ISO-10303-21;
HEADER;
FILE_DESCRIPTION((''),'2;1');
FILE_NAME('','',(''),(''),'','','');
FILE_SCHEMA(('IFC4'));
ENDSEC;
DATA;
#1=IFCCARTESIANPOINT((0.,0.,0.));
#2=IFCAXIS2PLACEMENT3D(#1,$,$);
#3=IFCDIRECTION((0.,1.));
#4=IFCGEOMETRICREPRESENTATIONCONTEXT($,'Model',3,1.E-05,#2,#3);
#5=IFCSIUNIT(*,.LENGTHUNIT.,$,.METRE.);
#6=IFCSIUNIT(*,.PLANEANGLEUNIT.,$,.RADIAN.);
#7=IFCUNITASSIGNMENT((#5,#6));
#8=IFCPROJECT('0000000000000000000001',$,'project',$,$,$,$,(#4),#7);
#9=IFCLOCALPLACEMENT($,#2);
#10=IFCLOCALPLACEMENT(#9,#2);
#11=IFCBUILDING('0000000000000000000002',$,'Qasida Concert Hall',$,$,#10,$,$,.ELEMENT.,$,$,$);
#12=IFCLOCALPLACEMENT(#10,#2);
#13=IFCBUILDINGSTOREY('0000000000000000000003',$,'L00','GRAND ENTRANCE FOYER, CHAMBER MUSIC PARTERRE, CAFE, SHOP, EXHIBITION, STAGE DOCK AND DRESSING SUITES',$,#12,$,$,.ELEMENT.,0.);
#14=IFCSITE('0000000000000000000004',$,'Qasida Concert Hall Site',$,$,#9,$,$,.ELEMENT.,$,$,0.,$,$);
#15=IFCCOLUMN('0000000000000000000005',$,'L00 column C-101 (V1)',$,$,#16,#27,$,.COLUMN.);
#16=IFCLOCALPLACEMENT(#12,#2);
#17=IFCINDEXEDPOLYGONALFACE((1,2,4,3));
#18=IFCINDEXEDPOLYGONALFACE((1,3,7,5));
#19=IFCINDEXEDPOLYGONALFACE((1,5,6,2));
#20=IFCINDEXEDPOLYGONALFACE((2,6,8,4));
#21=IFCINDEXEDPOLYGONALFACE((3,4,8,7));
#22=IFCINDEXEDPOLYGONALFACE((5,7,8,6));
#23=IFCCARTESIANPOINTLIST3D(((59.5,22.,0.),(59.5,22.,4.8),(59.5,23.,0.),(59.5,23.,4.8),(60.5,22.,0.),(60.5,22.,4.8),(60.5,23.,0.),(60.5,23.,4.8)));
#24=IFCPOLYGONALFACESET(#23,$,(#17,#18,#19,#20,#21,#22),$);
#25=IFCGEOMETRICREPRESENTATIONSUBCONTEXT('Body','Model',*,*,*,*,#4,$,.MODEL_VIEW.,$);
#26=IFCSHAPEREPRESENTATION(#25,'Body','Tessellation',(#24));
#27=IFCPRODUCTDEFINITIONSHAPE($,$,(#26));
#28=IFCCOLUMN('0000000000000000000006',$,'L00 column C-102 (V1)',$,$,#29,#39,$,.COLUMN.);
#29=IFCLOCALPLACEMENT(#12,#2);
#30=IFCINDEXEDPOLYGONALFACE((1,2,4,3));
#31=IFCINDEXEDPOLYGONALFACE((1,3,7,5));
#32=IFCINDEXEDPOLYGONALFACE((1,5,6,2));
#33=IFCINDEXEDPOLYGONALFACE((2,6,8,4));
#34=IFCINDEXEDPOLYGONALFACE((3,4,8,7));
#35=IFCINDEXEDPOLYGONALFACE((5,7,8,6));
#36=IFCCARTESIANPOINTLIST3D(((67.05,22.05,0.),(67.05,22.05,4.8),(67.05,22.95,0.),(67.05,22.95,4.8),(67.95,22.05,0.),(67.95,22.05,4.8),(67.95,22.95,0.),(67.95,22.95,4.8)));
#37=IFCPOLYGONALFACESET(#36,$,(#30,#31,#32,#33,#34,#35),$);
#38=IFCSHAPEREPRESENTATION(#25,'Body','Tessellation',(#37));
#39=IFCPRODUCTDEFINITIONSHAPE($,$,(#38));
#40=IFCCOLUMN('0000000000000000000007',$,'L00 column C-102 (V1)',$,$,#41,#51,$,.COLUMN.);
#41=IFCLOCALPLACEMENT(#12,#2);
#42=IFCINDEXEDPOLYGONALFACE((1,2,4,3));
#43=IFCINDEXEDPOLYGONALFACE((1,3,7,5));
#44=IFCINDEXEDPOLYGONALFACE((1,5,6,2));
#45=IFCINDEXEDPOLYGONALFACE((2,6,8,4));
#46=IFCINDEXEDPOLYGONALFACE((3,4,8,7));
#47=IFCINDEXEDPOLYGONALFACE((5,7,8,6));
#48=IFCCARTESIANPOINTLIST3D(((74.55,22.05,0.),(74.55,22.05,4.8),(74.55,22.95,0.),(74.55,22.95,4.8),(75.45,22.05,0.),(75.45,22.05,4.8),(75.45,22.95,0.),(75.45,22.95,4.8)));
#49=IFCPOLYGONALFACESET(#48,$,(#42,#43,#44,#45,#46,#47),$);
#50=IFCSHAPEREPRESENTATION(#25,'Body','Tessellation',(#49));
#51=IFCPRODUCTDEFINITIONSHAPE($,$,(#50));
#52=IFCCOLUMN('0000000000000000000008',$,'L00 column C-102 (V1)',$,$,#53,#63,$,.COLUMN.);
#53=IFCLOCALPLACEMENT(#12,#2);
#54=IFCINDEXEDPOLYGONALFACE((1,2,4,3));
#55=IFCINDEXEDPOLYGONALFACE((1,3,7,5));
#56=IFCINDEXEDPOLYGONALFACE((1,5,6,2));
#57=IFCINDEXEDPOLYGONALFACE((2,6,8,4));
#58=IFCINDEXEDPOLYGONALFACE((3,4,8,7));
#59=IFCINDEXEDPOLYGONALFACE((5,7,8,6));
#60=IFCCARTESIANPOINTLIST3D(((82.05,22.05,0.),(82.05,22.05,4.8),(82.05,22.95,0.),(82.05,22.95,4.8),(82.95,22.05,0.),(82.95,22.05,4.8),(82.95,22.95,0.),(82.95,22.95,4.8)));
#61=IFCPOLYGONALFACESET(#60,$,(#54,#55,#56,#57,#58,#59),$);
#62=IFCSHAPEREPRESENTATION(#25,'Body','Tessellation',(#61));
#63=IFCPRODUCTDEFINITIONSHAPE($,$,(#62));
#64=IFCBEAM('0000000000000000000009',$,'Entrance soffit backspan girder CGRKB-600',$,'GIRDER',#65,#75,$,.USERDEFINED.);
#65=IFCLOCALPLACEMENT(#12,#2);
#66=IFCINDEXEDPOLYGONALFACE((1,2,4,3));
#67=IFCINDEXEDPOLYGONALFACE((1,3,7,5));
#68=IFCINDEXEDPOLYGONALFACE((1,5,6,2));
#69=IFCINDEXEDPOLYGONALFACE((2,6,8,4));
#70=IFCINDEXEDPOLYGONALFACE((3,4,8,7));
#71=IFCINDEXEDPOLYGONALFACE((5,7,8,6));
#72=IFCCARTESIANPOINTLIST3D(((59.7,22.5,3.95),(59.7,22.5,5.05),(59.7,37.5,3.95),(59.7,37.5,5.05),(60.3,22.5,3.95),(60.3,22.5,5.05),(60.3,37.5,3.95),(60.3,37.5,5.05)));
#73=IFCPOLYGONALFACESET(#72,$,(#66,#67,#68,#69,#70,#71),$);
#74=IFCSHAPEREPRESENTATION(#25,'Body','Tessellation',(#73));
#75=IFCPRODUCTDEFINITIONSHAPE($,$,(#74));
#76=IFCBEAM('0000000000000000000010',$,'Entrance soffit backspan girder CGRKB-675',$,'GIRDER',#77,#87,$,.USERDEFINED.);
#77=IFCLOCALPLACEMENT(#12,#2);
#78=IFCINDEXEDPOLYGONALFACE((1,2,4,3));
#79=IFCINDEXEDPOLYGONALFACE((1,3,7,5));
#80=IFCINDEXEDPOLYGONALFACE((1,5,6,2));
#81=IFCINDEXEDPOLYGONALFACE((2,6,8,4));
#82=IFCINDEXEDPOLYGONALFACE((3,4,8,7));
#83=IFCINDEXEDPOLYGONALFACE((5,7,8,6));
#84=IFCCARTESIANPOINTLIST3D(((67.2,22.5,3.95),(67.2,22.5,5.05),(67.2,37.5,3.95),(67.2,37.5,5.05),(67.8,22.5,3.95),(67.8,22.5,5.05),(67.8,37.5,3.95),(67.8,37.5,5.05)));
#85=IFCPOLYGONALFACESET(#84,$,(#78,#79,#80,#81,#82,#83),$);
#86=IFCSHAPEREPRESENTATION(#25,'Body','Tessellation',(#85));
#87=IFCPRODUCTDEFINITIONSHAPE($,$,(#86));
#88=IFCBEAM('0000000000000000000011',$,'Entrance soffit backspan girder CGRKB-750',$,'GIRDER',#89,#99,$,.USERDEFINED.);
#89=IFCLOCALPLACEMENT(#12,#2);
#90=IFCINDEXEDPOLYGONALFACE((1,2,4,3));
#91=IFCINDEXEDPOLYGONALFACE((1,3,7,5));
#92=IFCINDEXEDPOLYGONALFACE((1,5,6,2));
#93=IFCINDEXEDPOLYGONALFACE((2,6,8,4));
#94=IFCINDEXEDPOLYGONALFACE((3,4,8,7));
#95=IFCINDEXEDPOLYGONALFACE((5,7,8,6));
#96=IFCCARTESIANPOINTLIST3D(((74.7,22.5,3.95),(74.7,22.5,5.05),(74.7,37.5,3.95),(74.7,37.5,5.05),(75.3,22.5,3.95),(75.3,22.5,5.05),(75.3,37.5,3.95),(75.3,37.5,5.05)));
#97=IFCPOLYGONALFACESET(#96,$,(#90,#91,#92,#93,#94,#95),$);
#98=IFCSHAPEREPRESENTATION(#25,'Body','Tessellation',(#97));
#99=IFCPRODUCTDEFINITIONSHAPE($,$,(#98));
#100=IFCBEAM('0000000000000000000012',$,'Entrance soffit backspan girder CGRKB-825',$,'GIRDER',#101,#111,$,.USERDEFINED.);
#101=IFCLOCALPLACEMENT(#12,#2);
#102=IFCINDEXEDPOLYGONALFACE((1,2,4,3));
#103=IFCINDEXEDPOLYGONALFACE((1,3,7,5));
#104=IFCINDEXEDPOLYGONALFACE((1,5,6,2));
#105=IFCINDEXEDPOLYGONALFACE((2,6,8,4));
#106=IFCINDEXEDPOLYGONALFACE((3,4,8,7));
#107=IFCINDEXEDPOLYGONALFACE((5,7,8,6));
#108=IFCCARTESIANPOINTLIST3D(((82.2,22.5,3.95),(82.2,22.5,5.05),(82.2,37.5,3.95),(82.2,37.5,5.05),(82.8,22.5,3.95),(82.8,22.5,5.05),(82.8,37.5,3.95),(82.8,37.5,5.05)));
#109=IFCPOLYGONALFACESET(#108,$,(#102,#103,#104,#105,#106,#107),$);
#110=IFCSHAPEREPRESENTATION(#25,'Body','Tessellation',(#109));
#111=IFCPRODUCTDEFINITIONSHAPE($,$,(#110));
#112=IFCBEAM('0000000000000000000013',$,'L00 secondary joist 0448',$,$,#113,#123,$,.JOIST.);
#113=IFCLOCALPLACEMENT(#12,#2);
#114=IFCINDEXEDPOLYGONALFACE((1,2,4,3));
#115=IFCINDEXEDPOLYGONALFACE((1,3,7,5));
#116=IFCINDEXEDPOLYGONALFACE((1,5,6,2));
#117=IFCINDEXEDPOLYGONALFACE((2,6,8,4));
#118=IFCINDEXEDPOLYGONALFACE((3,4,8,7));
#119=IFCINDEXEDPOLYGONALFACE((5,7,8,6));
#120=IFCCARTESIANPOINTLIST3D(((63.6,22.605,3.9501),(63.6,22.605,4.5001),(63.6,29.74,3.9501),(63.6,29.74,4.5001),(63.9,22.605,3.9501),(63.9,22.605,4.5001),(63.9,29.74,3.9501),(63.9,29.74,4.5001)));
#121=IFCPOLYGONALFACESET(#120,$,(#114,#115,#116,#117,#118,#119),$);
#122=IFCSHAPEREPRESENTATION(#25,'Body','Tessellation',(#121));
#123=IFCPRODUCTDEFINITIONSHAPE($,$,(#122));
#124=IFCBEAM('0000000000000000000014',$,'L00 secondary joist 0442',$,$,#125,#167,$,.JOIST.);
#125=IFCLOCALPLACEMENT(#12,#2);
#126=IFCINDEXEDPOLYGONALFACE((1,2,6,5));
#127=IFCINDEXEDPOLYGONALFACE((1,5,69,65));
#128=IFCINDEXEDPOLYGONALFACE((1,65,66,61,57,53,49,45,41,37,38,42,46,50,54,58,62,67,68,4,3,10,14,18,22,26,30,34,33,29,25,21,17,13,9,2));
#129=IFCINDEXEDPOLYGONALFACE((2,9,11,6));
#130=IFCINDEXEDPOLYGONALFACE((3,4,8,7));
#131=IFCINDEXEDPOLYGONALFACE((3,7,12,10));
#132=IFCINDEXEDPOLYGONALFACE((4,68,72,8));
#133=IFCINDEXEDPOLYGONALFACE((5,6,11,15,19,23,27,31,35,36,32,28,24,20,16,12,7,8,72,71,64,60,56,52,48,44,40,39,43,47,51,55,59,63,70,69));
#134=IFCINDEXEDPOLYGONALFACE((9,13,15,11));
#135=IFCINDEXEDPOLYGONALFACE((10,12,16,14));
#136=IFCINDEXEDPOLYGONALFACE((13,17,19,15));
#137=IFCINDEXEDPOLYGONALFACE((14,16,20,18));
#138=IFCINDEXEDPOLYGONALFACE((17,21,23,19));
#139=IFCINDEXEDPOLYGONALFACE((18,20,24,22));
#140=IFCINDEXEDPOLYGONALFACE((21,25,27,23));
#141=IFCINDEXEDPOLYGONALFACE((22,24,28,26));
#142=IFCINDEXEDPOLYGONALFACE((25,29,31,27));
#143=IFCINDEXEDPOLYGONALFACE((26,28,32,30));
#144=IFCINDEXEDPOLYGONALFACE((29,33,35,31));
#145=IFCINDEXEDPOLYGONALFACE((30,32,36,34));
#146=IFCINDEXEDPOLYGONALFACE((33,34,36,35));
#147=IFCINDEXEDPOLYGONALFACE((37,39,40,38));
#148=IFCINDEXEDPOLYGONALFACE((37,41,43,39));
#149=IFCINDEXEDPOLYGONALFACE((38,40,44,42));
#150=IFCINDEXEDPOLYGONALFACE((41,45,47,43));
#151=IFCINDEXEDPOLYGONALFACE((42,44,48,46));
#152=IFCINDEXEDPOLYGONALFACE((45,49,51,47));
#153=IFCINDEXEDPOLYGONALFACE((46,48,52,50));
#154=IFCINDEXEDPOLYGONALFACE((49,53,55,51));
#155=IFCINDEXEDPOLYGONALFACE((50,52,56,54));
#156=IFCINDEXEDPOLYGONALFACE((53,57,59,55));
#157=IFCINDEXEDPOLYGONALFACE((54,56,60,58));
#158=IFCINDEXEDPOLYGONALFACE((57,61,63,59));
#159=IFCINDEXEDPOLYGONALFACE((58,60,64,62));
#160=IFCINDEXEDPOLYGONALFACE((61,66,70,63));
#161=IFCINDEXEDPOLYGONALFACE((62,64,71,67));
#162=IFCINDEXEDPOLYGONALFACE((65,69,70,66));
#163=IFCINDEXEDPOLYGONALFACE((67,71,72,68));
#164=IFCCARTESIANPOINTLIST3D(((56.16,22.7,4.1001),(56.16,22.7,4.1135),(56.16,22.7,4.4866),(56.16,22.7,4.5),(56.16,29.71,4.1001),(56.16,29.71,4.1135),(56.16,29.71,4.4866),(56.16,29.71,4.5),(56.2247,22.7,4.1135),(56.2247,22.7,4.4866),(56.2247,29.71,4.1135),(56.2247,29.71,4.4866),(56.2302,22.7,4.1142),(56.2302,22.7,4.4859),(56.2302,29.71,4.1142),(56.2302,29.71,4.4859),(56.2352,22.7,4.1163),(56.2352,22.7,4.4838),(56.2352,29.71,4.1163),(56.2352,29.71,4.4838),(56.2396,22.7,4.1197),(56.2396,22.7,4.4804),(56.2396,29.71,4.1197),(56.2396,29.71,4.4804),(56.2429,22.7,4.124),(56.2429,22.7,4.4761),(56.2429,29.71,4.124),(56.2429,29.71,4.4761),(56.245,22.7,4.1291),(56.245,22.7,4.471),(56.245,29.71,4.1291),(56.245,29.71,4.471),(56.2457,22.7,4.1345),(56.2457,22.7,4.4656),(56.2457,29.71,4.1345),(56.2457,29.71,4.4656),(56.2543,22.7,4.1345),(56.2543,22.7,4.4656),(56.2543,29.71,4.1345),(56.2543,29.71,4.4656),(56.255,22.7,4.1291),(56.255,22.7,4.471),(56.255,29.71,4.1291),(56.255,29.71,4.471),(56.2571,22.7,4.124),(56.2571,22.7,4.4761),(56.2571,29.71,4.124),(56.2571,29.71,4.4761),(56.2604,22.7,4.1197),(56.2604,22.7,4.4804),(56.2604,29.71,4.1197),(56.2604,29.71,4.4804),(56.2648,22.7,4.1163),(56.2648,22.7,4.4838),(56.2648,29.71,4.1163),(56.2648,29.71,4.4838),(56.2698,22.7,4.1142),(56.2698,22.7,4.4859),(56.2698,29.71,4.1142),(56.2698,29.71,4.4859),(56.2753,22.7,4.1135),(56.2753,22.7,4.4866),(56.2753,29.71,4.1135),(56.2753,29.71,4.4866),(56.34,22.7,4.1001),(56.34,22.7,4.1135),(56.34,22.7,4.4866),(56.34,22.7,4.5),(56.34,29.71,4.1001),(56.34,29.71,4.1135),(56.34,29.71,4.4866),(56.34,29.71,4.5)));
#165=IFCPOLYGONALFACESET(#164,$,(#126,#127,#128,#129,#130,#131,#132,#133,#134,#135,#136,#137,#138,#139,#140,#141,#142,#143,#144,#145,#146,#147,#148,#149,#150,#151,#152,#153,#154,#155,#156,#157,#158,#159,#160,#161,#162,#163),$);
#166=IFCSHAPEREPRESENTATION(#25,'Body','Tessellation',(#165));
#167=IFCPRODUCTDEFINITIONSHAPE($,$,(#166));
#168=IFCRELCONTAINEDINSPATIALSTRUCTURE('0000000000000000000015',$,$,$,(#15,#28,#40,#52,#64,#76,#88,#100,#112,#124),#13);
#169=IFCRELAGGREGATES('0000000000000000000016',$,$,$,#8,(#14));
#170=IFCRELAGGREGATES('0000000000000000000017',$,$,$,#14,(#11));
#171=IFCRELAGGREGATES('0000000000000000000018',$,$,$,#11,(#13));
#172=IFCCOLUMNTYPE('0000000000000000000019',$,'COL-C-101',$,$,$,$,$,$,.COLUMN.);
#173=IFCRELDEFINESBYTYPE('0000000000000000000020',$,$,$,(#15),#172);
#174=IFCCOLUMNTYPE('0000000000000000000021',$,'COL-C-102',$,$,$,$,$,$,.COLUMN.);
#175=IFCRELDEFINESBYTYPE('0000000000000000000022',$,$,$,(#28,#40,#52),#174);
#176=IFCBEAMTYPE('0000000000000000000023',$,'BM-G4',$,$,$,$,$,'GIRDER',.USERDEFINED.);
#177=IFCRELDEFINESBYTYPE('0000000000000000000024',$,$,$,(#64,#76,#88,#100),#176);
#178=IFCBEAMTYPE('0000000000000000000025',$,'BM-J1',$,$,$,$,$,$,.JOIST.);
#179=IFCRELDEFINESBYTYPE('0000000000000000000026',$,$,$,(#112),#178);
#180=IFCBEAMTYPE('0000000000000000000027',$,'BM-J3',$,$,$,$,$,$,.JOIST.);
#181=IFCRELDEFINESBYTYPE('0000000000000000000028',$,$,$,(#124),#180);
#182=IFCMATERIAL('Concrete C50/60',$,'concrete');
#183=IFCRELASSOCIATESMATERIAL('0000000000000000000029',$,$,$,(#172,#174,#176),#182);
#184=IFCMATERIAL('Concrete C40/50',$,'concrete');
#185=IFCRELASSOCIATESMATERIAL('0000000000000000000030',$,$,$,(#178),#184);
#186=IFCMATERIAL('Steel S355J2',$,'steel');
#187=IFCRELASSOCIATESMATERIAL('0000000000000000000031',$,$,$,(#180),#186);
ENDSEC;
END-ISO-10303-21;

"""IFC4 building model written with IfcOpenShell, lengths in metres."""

from ifc_helpers import new_model, si_unit, direction, frame, origin, origin_2d, place, context, subcontext, project, spatial, rectangle, i_section, extrude, material, material_profile, profile_set, type_object, element, save


model = new_model("IFC4")

# Units and contexts
model_context = context("Model", 3, precision=1e-05, world=origin(), true_north=direction((0.0, 1.0)))
body_context = subcontext(model_context, "Body", "Model", "MODEL_VIEW")
ifc_project = project(units=[si_unit("LENGTHUNIT", "METRE"), si_unit("PLANEANGLEUNIT", "RADIAN")], contexts=[model_context])

# Site, building, storey
site_placement = place(None, origin())
site = spatial("IfcSite", under=ifc_project, at=site_placement, Name="Qasida Concert Hall Site", CompositionType="ELEMENT", RefElevation=0.0)
building_placement = place(site_placement, origin())
building = spatial("IfcBuilding", under=site, at=building_placement, Name="Qasida Concert Hall", CompositionType="ELEMENT")
storey_placement = place(building_placement, origin())
storey = spatial("IfcBuildingStorey", under=building, at=storey_placement, Name="L00", Description="GRAND ENTRANCE FOYER, CHAMBER MUSIC PARTERRE, CAFE, SHOP, EXHIBITION, STAGE DOCK AND DRESSING SUITES", CompositionType="ELEMENT", Elevation=0.0)

# Columns
ifc_material_1 = material(Name="Concrete C50/60", Category="concrete")
ifc_material_profile_1 = material_profile(ifc_material_1, rectangle(XDim=1.0, YDim=1.0, at=origin_2d()), Name="RC 1000x1000")
ifc_profile_set_1 = profile_set([ifc_material_profile_1], Name="Concrete C50/60")
column_type_1 = type_object("IfcColumnType", Name="COL-C-101", PredefinedType="COLUMN", material=ifc_profile_set_1)
column_placement = place(storey_placement, frame((60.0, 22.5, 0.0), z_axis=(0.0, 0.0, 1.0), x_axis=(1.0, 0.0, 0.0)))
element("IfcColumn", 1, at=column_placement, inside=storey, type_object=column_type_1, Name="L00 column C-101 (V1)", PredefinedType="COLUMN", context=body_context, shape_type="SweptSolid", body=[
    extrude(rectangle(XDim=1.0, YDim=1.0, at=origin_2d()), origin(), (0.0, 0.0, 1.0), 4.8),
])
ifc_material_profile_2 = material_profile(ifc_material_1, rectangle(XDim=0.8999, YDim=0.8999, at=origin_2d()), Name="RC 900x900")
ifc_profile_set_2 = profile_set([ifc_material_profile_2], Name="Concrete C50/60")
column_type_2 = type_object("IfcColumnType", Name="COL-C-102", PredefinedType="COLUMN", material=ifc_profile_set_2)
for number, where, z_axis, x_axis, name in (
    (2, (67.5, 22.5, 0.0), (0.0, 0.0, 1.0), (1.0, 0.0, 0.0), "L00 column C-102 (V1)"),
    (3, (75.0, 22.5, 0.0), (0.0, 0.0, 1.0), (1.0, 0.0, 0.0), "L00 column C-102 (V1)"),
    (4, (82.5, 22.5, 0.0), (0.0, 0.0, 1.0), (1.0, 0.0, 0.0), "L00 column C-102 (V1)"),
):
    element("IfcColumn", number, at=place(storey_placement, frame(where, z_axis=z_axis, x_axis=x_axis)), inside=storey, type_object=column_type_2, Name=name, PredefinedType="COLUMN", context=body_context, shape_type="SweptSolid", body=[
        extrude(rectangle(XDim=0.8999, YDim=0.8999, at=origin_2d()), origin(), (0.0, 0.0, 1.0), 4.8),
    ])

# Beams
ifc_material_profile_3 = material_profile(ifc_material_1, rectangle(XDim=0.6001, YDim=1.1001, at=origin_2d()), Name="RC 600x1100")
ifc_profile_set_3 = profile_set([ifc_material_profile_3], Name="Concrete C50/60")
beam_type_1 = type_object("IfcBeamType", Name="BM-G4", ElementType="GIRDER", PredefinedType="USERDEFINED", material=ifc_profile_set_3)
for number, where, z_axis, x_axis, name in (
    (5, (60.0, 22.5, 4.5), (0.0, 1.0, 0.0), (-1.0, 0.0, 0.0), "Entrance soffit backspan girder CGRKB-600"),
    (6, (67.5, 22.5, 4.5), (0.0, 1.0, 0.0), (-1.0, 0.0, 0.0), "Entrance soffit backspan girder CGRKB-675"),
    (7, (75.0, 22.5, 4.5), (0.0, 1.0, 0.0), (-1.0, 0.0, 0.0), "Entrance soffit backspan girder CGRKB-750"),
    (8, (82.5, 22.5, 4.5), (0.0, 1.0, 0.0), (-1.0, 0.0, 0.0), "Entrance soffit backspan girder CGRKB-825"),
):
    element("IfcBeam", number, at=place(storey_placement, frame(where, z_axis=z_axis, x_axis=x_axis)), inside=storey, type_object=beam_type_1, Name=name, ObjectType="GIRDER", PredefinedType="USERDEFINED", context=body_context, shape_type="SweptSolid", body=[
        extrude(rectangle(XDim=0.6001, YDim=1.1001, at=origin_2d()), origin(), (0.0, 0.0, 1.0), 15.0),
    ])
ifc_material_2 = material(Name="Concrete C40/50", Category="concrete")
ifc_material_profile_4 = material_profile(ifc_material_2, rectangle(XDim=0.3, YDim=0.55, at=origin_2d()), Name="RC 300x550")
ifc_profile_set_4 = profile_set([ifc_material_profile_4], Name="Concrete C40/50")
beam_type_2 = type_object("IfcBeamType", Name="BM-J1", PredefinedType="JOIST", material=ifc_profile_set_4)
beam_1_placement = place(storey_placement, frame((63.75, 22.605, 4.2251), z_axis=(0.0, 1.0, 0.0), x_axis=(-1.0, 0.0, 0.0)))
element("IfcBeam", 9, at=beam_1_placement, inside=storey, type_object=beam_type_2, Name="L00 secondary joist 0448", PredefinedType="JOIST", context=body_context, shape_type="SweptSolid", body=[
    extrude(rectangle(XDim=0.3, YDim=0.55, at=origin_2d()), origin(), (0.0, 0.0, 1.0), 7.135),
])
ifc_material_3 = material(Name="Steel S355J2", Category="steel")
ifc_material_profile_5 = material_profile(ifc_material_3, i_section(OverallWidth=0.1799, OverallDepth=0.3999, WebThickness=0.0085, FlangeThickness=0.0134, FilletRadius=0.021, at=origin_2d()), Name="IPE 400")
ifc_profile_set_5 = profile_set([ifc_material_profile_5], Name="Steel S355J2")
beam_type_3 = type_object("IfcBeamType", Name="BM-J3", PredefinedType="JOIST", material=ifc_profile_set_5)
beam_2_placement = place(storey_placement, frame((56.25, 22.7, 4.3), z_axis=(0.0, 1.0, 0.0), x_axis=(-1.0, 0.0, 0.0)))
element("IfcBeam", 10, at=beam_2_placement, inside=storey, type_object=beam_type_3, Name="L00 secondary joist 0442", PredefinedType="JOIST", context=body_context, shape_type="SweptSolid", body=[
    extrude(i_section(OverallWidth=0.1799, OverallDepth=0.3999, WebThickness=0.0085, FlangeThickness=0.0134, FilletRadius=0.021, at=origin_2d()), origin(), (0.0, 0.0, 1.0), 7.01),
])

save(model, "model.ifc")
